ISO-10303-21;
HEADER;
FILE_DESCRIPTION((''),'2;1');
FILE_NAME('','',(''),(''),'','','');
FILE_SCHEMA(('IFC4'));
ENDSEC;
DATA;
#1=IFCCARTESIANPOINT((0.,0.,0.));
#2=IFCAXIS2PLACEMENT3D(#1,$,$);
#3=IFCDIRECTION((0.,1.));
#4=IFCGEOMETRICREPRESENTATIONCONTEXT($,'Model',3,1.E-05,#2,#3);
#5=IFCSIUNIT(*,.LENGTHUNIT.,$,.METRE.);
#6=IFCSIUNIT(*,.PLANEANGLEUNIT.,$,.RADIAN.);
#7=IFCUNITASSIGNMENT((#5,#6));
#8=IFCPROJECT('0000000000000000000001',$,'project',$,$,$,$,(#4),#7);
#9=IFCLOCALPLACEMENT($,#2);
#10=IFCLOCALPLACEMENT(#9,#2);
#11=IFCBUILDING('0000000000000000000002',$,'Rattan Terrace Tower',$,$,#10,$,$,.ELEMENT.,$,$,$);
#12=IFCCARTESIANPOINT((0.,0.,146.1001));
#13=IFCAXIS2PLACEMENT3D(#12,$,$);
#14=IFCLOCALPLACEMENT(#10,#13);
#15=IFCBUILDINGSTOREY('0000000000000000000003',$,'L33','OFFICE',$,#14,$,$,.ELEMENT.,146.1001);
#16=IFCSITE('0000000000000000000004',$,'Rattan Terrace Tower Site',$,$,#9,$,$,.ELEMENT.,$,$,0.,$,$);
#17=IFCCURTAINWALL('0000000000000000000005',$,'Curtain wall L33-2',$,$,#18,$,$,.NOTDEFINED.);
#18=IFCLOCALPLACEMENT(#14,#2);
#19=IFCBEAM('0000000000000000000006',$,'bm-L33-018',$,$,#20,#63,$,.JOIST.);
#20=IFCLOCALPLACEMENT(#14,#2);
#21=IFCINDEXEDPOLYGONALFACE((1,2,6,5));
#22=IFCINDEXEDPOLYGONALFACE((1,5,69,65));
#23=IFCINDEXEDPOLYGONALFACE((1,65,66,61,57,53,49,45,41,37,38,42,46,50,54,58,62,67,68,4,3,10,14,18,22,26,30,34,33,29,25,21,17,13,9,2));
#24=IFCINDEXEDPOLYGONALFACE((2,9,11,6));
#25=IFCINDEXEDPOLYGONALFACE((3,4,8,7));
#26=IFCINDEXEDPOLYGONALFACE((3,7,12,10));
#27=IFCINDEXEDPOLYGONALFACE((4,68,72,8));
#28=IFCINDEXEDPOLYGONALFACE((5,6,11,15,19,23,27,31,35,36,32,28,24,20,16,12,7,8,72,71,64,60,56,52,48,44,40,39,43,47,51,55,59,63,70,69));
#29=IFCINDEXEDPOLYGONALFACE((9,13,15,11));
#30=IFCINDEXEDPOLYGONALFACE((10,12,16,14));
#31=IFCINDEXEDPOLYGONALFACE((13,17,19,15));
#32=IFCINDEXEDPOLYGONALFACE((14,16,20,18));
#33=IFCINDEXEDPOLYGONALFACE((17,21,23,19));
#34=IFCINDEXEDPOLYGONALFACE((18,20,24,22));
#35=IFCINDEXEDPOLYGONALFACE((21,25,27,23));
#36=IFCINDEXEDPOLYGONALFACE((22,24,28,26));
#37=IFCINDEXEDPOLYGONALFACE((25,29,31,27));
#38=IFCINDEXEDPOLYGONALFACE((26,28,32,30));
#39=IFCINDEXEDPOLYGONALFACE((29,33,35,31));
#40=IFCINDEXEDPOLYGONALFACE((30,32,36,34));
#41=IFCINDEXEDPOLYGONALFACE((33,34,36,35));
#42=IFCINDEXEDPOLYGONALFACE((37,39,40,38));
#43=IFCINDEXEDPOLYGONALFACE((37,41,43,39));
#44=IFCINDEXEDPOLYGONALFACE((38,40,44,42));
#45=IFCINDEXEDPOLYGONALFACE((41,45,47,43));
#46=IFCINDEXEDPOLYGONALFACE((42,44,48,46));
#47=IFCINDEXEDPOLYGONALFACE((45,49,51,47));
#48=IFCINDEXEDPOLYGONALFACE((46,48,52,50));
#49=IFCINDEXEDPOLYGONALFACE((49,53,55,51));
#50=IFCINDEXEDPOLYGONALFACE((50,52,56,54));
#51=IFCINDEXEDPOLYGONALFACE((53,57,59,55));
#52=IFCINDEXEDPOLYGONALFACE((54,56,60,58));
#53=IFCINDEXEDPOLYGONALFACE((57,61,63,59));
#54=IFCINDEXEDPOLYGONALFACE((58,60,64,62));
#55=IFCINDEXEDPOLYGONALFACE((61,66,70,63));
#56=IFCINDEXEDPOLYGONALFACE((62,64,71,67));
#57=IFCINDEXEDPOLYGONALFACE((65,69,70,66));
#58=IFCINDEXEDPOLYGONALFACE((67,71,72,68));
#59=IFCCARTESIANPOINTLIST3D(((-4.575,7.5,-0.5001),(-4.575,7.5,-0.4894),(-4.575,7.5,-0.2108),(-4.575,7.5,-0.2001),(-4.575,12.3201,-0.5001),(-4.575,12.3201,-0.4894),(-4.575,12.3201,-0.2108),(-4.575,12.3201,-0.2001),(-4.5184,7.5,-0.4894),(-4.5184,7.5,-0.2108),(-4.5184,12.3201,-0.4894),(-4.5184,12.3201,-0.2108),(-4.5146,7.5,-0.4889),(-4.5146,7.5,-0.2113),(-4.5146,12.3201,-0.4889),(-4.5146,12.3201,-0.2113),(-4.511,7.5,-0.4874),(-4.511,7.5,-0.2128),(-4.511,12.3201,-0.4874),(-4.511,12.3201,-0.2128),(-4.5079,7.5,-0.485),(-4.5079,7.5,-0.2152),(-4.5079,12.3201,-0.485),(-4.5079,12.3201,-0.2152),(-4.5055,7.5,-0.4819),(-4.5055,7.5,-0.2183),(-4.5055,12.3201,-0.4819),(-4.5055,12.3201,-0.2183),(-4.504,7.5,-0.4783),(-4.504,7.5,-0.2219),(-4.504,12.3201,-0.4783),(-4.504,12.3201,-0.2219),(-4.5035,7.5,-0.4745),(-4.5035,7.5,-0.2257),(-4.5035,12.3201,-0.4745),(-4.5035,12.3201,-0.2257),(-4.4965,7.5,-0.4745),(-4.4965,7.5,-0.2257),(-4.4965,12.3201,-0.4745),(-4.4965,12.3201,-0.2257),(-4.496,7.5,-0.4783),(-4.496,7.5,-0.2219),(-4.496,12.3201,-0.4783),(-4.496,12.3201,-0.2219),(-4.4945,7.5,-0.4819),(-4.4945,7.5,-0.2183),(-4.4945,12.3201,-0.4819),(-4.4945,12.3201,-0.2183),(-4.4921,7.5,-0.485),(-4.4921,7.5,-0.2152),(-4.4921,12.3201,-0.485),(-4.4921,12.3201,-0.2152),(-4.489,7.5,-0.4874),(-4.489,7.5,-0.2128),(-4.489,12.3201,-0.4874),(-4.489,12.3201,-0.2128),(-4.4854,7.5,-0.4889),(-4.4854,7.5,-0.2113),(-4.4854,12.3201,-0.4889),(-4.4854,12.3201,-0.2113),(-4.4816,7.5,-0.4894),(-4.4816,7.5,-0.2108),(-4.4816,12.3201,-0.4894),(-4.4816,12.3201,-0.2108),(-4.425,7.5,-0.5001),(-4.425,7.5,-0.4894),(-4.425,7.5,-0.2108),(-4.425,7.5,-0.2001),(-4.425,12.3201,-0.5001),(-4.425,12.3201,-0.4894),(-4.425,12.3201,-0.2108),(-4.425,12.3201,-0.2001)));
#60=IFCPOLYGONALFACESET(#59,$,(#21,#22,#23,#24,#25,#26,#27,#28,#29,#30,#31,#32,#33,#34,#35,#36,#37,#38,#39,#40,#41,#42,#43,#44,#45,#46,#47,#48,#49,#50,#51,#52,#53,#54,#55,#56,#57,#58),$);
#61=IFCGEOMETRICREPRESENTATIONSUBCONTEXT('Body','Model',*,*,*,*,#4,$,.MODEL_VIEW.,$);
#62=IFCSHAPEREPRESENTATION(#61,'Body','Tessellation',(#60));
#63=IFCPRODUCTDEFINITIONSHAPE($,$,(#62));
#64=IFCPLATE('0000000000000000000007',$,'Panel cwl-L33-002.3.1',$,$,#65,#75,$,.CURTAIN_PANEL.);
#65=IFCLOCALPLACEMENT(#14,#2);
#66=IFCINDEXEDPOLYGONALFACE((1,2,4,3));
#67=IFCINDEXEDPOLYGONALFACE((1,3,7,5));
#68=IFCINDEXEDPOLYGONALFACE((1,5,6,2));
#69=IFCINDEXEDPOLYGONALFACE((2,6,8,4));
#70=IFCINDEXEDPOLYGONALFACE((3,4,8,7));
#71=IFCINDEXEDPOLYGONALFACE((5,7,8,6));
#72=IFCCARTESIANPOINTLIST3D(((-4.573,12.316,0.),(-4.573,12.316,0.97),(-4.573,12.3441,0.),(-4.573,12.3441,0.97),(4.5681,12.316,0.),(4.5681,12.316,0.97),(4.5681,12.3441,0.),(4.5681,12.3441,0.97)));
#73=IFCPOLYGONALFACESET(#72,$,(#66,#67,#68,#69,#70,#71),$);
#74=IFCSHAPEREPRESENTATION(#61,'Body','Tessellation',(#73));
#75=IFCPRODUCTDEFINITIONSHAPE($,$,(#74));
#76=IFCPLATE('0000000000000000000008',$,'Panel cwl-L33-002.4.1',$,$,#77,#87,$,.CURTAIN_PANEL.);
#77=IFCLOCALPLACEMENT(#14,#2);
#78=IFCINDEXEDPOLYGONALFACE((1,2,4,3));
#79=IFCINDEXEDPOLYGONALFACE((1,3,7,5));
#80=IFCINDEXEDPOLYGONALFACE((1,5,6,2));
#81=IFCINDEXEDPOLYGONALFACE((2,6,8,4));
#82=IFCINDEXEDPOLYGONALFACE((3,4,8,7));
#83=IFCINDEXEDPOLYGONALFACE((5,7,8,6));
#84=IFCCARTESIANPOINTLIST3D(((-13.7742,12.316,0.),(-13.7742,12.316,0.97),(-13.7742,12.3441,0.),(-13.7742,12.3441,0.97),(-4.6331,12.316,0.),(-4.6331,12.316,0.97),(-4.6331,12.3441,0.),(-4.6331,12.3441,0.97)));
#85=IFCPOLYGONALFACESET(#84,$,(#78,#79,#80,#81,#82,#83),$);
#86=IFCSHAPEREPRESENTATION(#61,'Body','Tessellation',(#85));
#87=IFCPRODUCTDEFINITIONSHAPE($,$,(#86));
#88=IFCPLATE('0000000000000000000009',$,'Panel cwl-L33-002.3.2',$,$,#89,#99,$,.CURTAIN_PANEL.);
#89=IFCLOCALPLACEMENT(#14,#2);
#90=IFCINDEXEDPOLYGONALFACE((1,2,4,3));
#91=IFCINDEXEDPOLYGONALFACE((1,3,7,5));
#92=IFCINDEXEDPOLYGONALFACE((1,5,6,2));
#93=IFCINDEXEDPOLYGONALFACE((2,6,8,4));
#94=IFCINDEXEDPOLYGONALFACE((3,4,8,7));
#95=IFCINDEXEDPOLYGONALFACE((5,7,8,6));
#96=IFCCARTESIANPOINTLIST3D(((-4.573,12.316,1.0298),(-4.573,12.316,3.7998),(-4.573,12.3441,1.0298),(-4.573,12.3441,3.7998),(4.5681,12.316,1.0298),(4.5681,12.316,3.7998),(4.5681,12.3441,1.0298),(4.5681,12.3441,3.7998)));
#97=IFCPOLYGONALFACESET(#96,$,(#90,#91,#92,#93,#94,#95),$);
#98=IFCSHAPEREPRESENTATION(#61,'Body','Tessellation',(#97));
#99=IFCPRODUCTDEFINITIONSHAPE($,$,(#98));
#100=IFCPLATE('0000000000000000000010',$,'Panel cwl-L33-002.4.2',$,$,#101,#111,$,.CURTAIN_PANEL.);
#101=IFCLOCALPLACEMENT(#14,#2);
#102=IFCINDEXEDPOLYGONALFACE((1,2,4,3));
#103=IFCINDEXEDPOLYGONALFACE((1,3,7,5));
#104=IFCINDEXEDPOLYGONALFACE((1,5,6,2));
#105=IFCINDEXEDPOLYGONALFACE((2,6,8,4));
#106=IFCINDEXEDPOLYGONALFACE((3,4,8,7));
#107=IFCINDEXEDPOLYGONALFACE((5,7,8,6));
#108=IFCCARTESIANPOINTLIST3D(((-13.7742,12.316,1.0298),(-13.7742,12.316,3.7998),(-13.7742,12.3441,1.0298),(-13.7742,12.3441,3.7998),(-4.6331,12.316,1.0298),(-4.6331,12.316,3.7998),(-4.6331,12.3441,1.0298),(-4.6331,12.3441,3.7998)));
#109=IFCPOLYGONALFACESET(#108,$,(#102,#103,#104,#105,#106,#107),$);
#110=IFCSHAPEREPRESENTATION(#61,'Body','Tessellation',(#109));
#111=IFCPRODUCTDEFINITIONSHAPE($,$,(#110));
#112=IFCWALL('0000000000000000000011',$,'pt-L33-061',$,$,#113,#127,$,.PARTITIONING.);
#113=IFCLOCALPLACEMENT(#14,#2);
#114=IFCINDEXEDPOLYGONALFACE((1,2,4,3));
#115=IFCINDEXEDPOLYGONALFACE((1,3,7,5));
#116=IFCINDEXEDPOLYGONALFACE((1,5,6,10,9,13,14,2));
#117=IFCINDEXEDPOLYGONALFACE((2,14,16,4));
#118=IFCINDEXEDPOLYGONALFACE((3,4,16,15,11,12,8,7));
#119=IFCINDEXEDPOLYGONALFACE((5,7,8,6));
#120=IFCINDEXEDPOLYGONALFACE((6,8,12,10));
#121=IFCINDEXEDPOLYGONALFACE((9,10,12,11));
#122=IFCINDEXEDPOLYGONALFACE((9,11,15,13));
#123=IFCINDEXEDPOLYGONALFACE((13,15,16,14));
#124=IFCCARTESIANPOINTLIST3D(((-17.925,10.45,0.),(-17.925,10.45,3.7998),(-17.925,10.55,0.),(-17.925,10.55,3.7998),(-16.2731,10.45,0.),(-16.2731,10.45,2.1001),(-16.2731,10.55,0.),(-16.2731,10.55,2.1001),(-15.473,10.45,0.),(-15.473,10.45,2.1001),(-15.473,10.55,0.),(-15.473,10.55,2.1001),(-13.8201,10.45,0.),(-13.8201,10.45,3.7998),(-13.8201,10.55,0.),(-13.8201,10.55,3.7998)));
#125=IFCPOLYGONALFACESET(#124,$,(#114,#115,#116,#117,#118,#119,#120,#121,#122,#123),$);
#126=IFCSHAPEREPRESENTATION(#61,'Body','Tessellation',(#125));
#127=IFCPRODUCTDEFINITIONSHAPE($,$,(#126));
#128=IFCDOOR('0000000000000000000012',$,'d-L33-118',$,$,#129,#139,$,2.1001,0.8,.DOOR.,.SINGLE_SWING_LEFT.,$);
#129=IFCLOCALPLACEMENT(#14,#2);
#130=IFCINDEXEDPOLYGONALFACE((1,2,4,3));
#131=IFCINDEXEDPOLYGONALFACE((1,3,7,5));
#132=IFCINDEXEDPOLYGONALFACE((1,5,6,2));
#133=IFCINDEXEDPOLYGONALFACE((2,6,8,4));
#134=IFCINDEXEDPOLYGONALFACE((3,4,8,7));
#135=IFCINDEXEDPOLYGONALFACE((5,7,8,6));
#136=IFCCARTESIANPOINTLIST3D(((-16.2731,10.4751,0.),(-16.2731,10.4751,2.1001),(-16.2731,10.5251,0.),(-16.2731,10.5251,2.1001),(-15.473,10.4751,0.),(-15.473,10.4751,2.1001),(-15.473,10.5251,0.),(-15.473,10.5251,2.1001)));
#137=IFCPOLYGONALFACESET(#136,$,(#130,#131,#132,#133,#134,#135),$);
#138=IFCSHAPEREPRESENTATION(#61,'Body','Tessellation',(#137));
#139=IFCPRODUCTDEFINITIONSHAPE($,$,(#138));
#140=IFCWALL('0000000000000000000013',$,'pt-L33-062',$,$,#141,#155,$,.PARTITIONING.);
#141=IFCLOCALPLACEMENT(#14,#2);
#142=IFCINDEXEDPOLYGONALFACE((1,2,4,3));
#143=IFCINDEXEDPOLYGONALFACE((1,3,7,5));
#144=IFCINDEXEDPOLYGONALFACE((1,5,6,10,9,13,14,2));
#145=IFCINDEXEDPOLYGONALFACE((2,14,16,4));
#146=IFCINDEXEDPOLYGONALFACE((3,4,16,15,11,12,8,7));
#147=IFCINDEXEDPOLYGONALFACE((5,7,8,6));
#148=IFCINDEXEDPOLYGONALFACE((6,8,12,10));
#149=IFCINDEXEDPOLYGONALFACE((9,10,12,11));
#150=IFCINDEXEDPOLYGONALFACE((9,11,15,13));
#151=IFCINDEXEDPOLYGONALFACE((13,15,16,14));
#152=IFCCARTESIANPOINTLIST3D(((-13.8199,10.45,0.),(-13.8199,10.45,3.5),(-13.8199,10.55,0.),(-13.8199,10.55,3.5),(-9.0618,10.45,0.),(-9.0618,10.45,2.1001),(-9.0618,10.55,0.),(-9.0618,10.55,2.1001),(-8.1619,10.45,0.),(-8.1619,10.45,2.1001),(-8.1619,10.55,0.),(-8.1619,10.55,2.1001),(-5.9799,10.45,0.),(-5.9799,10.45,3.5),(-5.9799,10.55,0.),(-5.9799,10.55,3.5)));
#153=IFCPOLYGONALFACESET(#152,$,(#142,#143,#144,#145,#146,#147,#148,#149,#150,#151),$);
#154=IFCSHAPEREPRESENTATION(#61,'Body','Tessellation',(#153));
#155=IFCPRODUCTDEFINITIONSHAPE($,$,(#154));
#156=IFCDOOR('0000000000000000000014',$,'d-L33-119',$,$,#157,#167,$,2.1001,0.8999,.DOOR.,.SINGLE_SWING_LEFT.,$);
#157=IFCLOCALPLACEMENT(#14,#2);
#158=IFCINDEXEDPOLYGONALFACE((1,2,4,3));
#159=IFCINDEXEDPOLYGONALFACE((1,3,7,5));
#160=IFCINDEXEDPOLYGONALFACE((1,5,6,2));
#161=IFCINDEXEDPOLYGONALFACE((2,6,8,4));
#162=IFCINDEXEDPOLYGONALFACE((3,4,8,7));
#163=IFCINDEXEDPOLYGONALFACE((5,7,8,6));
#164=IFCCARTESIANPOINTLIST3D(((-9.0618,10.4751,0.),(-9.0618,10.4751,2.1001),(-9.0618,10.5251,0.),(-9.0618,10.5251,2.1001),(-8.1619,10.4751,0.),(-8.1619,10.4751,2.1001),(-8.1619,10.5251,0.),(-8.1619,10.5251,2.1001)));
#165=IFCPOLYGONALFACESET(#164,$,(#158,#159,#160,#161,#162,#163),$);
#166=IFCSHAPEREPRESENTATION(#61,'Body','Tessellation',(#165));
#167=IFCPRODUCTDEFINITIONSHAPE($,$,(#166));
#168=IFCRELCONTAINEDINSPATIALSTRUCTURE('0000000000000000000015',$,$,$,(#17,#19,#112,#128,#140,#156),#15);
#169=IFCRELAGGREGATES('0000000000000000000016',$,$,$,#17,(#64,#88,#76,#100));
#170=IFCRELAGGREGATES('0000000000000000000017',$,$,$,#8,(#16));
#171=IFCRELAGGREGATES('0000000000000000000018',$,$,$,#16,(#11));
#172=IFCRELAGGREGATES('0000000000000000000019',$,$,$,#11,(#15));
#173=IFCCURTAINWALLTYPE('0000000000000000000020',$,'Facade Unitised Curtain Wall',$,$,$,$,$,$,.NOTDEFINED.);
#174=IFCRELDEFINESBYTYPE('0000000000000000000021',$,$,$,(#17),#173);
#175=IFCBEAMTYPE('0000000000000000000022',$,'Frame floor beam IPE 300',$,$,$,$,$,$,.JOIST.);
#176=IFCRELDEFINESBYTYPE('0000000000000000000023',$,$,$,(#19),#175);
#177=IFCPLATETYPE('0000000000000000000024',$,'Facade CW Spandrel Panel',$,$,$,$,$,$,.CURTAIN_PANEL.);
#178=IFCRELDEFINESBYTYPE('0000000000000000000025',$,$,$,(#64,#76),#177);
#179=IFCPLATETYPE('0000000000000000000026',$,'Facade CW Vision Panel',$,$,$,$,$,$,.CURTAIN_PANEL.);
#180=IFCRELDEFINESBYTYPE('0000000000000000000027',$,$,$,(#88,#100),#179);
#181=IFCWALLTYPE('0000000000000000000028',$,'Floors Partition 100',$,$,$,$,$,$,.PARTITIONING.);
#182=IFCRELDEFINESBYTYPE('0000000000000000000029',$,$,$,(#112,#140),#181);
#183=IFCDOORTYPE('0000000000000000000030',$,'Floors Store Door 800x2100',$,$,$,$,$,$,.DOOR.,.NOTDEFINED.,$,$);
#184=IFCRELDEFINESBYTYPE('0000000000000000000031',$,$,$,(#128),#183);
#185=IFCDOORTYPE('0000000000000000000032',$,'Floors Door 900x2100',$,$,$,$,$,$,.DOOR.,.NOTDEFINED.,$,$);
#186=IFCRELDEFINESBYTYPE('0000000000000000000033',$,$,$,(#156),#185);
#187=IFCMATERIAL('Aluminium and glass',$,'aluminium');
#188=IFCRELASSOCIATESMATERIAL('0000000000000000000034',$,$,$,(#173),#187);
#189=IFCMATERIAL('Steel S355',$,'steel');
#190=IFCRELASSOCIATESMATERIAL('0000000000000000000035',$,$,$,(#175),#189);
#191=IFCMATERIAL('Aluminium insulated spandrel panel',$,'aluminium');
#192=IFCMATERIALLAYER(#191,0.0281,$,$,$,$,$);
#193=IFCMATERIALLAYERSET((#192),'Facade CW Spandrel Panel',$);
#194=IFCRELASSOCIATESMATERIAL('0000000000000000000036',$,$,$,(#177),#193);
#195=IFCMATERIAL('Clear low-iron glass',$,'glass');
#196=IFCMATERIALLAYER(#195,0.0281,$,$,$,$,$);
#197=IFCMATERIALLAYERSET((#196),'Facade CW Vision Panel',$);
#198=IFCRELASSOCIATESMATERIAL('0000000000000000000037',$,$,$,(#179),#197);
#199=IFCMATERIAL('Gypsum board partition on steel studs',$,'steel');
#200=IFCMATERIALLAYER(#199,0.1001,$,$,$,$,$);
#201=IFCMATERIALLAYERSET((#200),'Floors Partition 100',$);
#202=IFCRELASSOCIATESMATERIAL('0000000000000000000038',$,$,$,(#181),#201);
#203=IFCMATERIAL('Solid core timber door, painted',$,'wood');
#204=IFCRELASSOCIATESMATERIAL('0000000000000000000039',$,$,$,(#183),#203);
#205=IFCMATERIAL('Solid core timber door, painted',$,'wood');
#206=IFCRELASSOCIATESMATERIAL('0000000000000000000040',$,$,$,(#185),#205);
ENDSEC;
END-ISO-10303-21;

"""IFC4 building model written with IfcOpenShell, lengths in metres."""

from ifc_helpers import new_model, si_unit, direction, frame, frame_2d, origin, origin_2d, place, context, subcontext, project, spatial, rectangle, i_section, extrude, material, layer, layer_set, material_profile, profile_set, type_object, element, fill, aggregate, save


model = new_model("IFC4")

# Units and contexts
model_context = context("Model", 3, precision=1e-05, world=origin(), true_north=direction((0.0, 1.0)))
body_context = subcontext(model_context, "Body", "Model", "MODEL_VIEW")
ifc_project = project(units=[si_unit("LENGTHUNIT", "METRE"), si_unit("PLANEANGLEUNIT", "RADIAN")], contexts=[model_context])

# Site, building, storey
site_placement = place(None, origin())
site = spatial("IfcSite", under=ifc_project, at=site_placement, Name="Rattan Terrace Tower Site", CompositionType="ELEMENT", RefElevation=0.0)
building_placement = place(site_placement, origin())
building = spatial("IfcBuilding", under=site, at=building_placement, Name="Rattan Terrace Tower", CompositionType="ELEMENT")
storey_placement = place(building_placement, frame((0.0, 0.0, 146.1001)))
storey = spatial("IfcBuildingStorey", under=building, at=storey_placement, Name="L33", Description="OFFICE", CompositionType="ELEMENT", Elevation=146.1001)

# Curtain wall
ifc_material_1 = material(Name="Aluminium and glass", Category="aluminium")
curtain_wall_type = type_object("IfcCurtainWallType", Name="Facade Unitised Curtain Wall", PredefinedType="NOTDEFINED", material=ifc_material_1)
curtain_wall_placement = place(storey_placement, origin())
curtain_wall = element("IfcCurtainWall", 1, at=curtain_wall_placement, inside=storey, type_object=curtain_wall_type, Name="Curtain wall L33-2", PredefinedType="NOTDEFINED")

# Beam
ifc_material_2 = material(Name="Steel S355", Category="steel")
ifc_material_profile_1 = material_profile(ifc_material_2, i_section(OverallWidth=0.1499, OverallDepth=0.3, WebThickness=0.0071, FlangeThickness=0.0107, FilletRadius=0.0149, at=origin_2d()), Name="IPE 300")
ifc_profile_set_1 = profile_set([ifc_material_profile_1], Name="Steel S355")
beam_type_1 = type_object("IfcBeamType", Name="Frame floor beam IPE 300", PredefinedType="JOIST", material=ifc_profile_set_1)
for number, where, z_axis, x_axis, name in (
    (2, (-4.5, 7.5, -0.3501), (0.0, 1.0, 0.0), (-1.0, 0.0, 0.0), "bm-L33-018"),
):
    element("IfcBeam", number, at=place(storey_placement, frame(where, z_axis=z_axis, x_axis=x_axis)), inside=storey, type_object=beam_type_1, Name=name, PredefinedType="JOIST", context=body_context, shape_type="SweptSolid", body=[
        extrude(i_section(OverallWidth=0.1499, OverallDepth=0.3, WebThickness=0.0071, FlangeThickness=0.0107, FilletRadius=0.0149, at=origin_2d()), origin(), (0.0, 0.0, 1.0), 4.8201),
    ])

# Plates
ifc_material_3 = material(Name="Aluminium insulated spandrel panel", Category="aluminium")
ifc_layer_1 = layer(ifc_material_3, 0.0281)
ifc_layer_set_1 = layer_set([ifc_layer_1], Name="Facade CW Spandrel Panel")
plate_type_1 = type_object("IfcPlateType", Name="Facade CW Spandrel Panel", PredefinedType="CURTAIN_PANEL", material=ifc_layer_set_1)
plate_1_placement = place(storey_placement, frame((-0.0024, 12.3301, 0.0), z_axis=(0.0, 0.0, 1.0), x_axis=(-1.0, 0.0, 0.0)))
plate_1 = element("IfcPlate", 3, at=plate_1_placement, type_object=plate_type_1, Name="Panel cwl-L33-002.3.1", PredefinedType="CURTAIN_PANEL", context=body_context, shape_type="SweptSolid", body=[
    extrude(rectangle(XDim=9.1411, YDim=0.0281, at=origin_2d()), origin(), (0.0, 0.0, 1.0), 0.97),
])
plate_2_placement = place(storey_placement, frame((-9.2036, 12.3301, 0.0), z_axis=(0.0, 0.0, 1.0), x_axis=(-1.0, 0.0, 0.0)))
plate_2 = element("IfcPlate", 4, at=plate_2_placement, type_object=plate_type_1, Name="Panel cwl-L33-002.4.1", PredefinedType="CURTAIN_PANEL", context=body_context, shape_type="SweptSolid", body=[
    extrude(rectangle(XDim=9.1411, YDim=0.0281, at=origin_2d()), origin(), (0.0, 0.0, 1.0), 0.97),
])
ifc_material_4 = material(Name="Clear low-iron glass", Category="glass")
ifc_layer_2 = layer(ifc_material_4, 0.0281)
ifc_layer_set_2 = layer_set([ifc_layer_2], Name="Facade CW Vision Panel")
plate_type_2 = type_object("IfcPlateType", Name="Facade CW Vision Panel", PredefinedType="CURTAIN_PANEL", material=ifc_layer_set_2)
plate_3_placement = place(storey_placement, frame((-0.0024, 12.3301, 1.0298), z_axis=(0.0, 0.0, 1.0), x_axis=(-1.0, 0.0, 0.0)))
plate_3 = element("IfcPlate", 5, at=plate_3_placement, type_object=plate_type_2, Name="Panel cwl-L33-002.3.2", PredefinedType="CURTAIN_PANEL", context=body_context, shape_type="SweptSolid", body=[
    extrude(rectangle(XDim=9.1411, YDim=0.0281, at=origin_2d()), origin(), (0.0, 0.0, 1.0), 2.77),
])
plate_4_placement = place(storey_placement, frame((-9.2036, 12.3301, 1.0298), z_axis=(0.0, 0.0, 1.0), x_axis=(-1.0, 0.0, 0.0)))
plate_4 = element("IfcPlate", 6, at=plate_4_placement, type_object=plate_type_2, Name="Panel cwl-L33-002.4.2", PredefinedType="CURTAIN_PANEL", context=body_context, shape_type="SweptSolid", body=[
    extrude(rectangle(XDim=9.1411, YDim=0.0281, at=origin_2d()), origin(), (0.0, 0.0, 1.0), 2.77),
])
aggregate(curtain_wall, [plate_1, plate_3, plate_2, plate_4])

# Walls, openings, doors
ifc_material_5 = material(Name="Gypsum board partition on steel studs", Category="steel")
ifc_layer_3 = layer(ifc_material_5, 0.1001)
ifc_layer_set_3 = layer_set([ifc_layer_3], Name="Floors Partition 100")
wall_type = type_object("IfcWallType", Name="Floors Partition 100", PredefinedType="PARTITIONING", material=ifc_layer_set_3)
wall_1_placement = place(storey_placement, frame((-13.8201, 10.5, 0.0), z_axis=(0.0, 0.0, 1.0), x_axis=(-1.0, 0.0, 0.0)))
wall_1 = element("IfcWall", 7, at=wall_1_placement, inside=storey, type_object=wall_type, Name="pt-L33-061", PredefinedType="PARTITIONING", context=body_context, shape_type="SweptSolid", body=[
    extrude(rectangle(XDim=4.105, YDim=0.1001, at=frame_2d((2.0525, 0.0))), origin(), (0.0, 0.0, 1.0), 3.7998),
])
opening_1_placement = place(wall_1_placement, frame((1.6531, 0.0, 0.0)))
opening_1 = element("IfcOpeningElement", 8, at=opening_1_placement, cuts=wall_1, PredefinedType="OPENING", context=body_context, shape_type="SweptSolid", body=[
    extrude(rectangle(XDim=0.8, YDim=2.1001, at=frame_2d((0.3999, 1.05))), frame((0.0, 0.0605, 0.0), z_axis=(0.0, -1.0, 0.0), x_axis=(1.0, 0.0, 0.0)), (0.0, 0.0, 1.0), 0.1211),
])
ifc_material_6 = material(Name="Solid core timber door, painted", Category="wood")
door_type_1 = type_object("IfcDoorType", Name="Floors Store Door 800x2100", OperationType="NOTDEFINED", PredefinedType="DOOR", material=ifc_material_6)
door_1_placement = place(opening_1_placement, origin())
door_1 = element("IfcDoor", 9, at=door_1_placement, inside=storey, type_object=door_type_1, Name="d-L33-118", OperationType="SINGLE_SWING_LEFT", OverallHeight=2.1001, OverallWidth=0.8, PredefinedType="DOOR", context=body_context, shape_type="SweptSolid", body=[
    extrude(rectangle(XDim=0.8, YDim=2.1001, at=frame_2d((0.3999, 1.05))), frame((0.0, 0.0249, 0.0), z_axis=(0.0, -1.0, 0.0), x_axis=(1.0, 0.0, 0.0)), (0.0, 0.0, 1.0), 0.05),
])
fill(opening_1, door_1)
wall_2_placement = place(storey_placement, frame((-5.98, 10.5, 0.0), z_axis=(0.0, 0.0, 1.0), x_axis=(-1.0, 0.0, 0.0)))
wall_2 = element("IfcWall", 10, at=wall_2_placement, inside=storey, type_object=wall_type, Name="pt-L33-062", PredefinedType="PARTITIONING", context=body_context, shape_type="SweptSolid", body=[
    extrude(rectangle(XDim=7.8401, YDim=0.1001, at=frame_2d((3.9199, 0.0))), origin(), (0.0, 0.0, 1.0), 3.5),
])
opening_2_placement = place(wall_2_placement, frame((2.1819, 0.0, 0.0)))
opening_2 = element("IfcOpeningElement", 11, at=opening_2_placement, cuts=wall_2, PredefinedType="OPENING", context=body_context, shape_type="SweptSolid", body=[
    extrude(rectangle(XDim=0.8999, YDim=2.1001, at=frame_2d((0.45, 1.05))), frame((0.0, 0.0605, 0.0), z_axis=(0.0, -1.0, 0.0), x_axis=(1.0, 0.0, 0.0)), (0.0, 0.0, 1.0), 0.1211),
])
ifc_material_7 = material(Name="Solid core timber door, painted", Category="wood")
door_type_2 = type_object("IfcDoorType", Name="Floors Door 900x2100", OperationType="NOTDEFINED", PredefinedType="DOOR", material=ifc_material_7)
door_2_placement = place(opening_2_placement, origin())
door_2 = element("IfcDoor", 12, at=door_2_placement, inside=storey, type_object=door_type_2, Name="d-L33-119", OperationType="SINGLE_SWING_LEFT", OverallHeight=2.1001, OverallWidth=0.8999, PredefinedType="DOOR", context=body_context, shape_type="SweptSolid", body=[
    extrude(rectangle(XDim=0.8999, YDim=2.1001, at=frame_2d((0.45, 1.05))), frame((0.0, 0.0249, 0.0), z_axis=(0.0, -1.0, 0.0), x_axis=(1.0, 0.0, 0.0)), (0.0, 0.0, 1.0), 0.05),
])
fill(opening_2, door_2)

save(model, "model.ifc")
